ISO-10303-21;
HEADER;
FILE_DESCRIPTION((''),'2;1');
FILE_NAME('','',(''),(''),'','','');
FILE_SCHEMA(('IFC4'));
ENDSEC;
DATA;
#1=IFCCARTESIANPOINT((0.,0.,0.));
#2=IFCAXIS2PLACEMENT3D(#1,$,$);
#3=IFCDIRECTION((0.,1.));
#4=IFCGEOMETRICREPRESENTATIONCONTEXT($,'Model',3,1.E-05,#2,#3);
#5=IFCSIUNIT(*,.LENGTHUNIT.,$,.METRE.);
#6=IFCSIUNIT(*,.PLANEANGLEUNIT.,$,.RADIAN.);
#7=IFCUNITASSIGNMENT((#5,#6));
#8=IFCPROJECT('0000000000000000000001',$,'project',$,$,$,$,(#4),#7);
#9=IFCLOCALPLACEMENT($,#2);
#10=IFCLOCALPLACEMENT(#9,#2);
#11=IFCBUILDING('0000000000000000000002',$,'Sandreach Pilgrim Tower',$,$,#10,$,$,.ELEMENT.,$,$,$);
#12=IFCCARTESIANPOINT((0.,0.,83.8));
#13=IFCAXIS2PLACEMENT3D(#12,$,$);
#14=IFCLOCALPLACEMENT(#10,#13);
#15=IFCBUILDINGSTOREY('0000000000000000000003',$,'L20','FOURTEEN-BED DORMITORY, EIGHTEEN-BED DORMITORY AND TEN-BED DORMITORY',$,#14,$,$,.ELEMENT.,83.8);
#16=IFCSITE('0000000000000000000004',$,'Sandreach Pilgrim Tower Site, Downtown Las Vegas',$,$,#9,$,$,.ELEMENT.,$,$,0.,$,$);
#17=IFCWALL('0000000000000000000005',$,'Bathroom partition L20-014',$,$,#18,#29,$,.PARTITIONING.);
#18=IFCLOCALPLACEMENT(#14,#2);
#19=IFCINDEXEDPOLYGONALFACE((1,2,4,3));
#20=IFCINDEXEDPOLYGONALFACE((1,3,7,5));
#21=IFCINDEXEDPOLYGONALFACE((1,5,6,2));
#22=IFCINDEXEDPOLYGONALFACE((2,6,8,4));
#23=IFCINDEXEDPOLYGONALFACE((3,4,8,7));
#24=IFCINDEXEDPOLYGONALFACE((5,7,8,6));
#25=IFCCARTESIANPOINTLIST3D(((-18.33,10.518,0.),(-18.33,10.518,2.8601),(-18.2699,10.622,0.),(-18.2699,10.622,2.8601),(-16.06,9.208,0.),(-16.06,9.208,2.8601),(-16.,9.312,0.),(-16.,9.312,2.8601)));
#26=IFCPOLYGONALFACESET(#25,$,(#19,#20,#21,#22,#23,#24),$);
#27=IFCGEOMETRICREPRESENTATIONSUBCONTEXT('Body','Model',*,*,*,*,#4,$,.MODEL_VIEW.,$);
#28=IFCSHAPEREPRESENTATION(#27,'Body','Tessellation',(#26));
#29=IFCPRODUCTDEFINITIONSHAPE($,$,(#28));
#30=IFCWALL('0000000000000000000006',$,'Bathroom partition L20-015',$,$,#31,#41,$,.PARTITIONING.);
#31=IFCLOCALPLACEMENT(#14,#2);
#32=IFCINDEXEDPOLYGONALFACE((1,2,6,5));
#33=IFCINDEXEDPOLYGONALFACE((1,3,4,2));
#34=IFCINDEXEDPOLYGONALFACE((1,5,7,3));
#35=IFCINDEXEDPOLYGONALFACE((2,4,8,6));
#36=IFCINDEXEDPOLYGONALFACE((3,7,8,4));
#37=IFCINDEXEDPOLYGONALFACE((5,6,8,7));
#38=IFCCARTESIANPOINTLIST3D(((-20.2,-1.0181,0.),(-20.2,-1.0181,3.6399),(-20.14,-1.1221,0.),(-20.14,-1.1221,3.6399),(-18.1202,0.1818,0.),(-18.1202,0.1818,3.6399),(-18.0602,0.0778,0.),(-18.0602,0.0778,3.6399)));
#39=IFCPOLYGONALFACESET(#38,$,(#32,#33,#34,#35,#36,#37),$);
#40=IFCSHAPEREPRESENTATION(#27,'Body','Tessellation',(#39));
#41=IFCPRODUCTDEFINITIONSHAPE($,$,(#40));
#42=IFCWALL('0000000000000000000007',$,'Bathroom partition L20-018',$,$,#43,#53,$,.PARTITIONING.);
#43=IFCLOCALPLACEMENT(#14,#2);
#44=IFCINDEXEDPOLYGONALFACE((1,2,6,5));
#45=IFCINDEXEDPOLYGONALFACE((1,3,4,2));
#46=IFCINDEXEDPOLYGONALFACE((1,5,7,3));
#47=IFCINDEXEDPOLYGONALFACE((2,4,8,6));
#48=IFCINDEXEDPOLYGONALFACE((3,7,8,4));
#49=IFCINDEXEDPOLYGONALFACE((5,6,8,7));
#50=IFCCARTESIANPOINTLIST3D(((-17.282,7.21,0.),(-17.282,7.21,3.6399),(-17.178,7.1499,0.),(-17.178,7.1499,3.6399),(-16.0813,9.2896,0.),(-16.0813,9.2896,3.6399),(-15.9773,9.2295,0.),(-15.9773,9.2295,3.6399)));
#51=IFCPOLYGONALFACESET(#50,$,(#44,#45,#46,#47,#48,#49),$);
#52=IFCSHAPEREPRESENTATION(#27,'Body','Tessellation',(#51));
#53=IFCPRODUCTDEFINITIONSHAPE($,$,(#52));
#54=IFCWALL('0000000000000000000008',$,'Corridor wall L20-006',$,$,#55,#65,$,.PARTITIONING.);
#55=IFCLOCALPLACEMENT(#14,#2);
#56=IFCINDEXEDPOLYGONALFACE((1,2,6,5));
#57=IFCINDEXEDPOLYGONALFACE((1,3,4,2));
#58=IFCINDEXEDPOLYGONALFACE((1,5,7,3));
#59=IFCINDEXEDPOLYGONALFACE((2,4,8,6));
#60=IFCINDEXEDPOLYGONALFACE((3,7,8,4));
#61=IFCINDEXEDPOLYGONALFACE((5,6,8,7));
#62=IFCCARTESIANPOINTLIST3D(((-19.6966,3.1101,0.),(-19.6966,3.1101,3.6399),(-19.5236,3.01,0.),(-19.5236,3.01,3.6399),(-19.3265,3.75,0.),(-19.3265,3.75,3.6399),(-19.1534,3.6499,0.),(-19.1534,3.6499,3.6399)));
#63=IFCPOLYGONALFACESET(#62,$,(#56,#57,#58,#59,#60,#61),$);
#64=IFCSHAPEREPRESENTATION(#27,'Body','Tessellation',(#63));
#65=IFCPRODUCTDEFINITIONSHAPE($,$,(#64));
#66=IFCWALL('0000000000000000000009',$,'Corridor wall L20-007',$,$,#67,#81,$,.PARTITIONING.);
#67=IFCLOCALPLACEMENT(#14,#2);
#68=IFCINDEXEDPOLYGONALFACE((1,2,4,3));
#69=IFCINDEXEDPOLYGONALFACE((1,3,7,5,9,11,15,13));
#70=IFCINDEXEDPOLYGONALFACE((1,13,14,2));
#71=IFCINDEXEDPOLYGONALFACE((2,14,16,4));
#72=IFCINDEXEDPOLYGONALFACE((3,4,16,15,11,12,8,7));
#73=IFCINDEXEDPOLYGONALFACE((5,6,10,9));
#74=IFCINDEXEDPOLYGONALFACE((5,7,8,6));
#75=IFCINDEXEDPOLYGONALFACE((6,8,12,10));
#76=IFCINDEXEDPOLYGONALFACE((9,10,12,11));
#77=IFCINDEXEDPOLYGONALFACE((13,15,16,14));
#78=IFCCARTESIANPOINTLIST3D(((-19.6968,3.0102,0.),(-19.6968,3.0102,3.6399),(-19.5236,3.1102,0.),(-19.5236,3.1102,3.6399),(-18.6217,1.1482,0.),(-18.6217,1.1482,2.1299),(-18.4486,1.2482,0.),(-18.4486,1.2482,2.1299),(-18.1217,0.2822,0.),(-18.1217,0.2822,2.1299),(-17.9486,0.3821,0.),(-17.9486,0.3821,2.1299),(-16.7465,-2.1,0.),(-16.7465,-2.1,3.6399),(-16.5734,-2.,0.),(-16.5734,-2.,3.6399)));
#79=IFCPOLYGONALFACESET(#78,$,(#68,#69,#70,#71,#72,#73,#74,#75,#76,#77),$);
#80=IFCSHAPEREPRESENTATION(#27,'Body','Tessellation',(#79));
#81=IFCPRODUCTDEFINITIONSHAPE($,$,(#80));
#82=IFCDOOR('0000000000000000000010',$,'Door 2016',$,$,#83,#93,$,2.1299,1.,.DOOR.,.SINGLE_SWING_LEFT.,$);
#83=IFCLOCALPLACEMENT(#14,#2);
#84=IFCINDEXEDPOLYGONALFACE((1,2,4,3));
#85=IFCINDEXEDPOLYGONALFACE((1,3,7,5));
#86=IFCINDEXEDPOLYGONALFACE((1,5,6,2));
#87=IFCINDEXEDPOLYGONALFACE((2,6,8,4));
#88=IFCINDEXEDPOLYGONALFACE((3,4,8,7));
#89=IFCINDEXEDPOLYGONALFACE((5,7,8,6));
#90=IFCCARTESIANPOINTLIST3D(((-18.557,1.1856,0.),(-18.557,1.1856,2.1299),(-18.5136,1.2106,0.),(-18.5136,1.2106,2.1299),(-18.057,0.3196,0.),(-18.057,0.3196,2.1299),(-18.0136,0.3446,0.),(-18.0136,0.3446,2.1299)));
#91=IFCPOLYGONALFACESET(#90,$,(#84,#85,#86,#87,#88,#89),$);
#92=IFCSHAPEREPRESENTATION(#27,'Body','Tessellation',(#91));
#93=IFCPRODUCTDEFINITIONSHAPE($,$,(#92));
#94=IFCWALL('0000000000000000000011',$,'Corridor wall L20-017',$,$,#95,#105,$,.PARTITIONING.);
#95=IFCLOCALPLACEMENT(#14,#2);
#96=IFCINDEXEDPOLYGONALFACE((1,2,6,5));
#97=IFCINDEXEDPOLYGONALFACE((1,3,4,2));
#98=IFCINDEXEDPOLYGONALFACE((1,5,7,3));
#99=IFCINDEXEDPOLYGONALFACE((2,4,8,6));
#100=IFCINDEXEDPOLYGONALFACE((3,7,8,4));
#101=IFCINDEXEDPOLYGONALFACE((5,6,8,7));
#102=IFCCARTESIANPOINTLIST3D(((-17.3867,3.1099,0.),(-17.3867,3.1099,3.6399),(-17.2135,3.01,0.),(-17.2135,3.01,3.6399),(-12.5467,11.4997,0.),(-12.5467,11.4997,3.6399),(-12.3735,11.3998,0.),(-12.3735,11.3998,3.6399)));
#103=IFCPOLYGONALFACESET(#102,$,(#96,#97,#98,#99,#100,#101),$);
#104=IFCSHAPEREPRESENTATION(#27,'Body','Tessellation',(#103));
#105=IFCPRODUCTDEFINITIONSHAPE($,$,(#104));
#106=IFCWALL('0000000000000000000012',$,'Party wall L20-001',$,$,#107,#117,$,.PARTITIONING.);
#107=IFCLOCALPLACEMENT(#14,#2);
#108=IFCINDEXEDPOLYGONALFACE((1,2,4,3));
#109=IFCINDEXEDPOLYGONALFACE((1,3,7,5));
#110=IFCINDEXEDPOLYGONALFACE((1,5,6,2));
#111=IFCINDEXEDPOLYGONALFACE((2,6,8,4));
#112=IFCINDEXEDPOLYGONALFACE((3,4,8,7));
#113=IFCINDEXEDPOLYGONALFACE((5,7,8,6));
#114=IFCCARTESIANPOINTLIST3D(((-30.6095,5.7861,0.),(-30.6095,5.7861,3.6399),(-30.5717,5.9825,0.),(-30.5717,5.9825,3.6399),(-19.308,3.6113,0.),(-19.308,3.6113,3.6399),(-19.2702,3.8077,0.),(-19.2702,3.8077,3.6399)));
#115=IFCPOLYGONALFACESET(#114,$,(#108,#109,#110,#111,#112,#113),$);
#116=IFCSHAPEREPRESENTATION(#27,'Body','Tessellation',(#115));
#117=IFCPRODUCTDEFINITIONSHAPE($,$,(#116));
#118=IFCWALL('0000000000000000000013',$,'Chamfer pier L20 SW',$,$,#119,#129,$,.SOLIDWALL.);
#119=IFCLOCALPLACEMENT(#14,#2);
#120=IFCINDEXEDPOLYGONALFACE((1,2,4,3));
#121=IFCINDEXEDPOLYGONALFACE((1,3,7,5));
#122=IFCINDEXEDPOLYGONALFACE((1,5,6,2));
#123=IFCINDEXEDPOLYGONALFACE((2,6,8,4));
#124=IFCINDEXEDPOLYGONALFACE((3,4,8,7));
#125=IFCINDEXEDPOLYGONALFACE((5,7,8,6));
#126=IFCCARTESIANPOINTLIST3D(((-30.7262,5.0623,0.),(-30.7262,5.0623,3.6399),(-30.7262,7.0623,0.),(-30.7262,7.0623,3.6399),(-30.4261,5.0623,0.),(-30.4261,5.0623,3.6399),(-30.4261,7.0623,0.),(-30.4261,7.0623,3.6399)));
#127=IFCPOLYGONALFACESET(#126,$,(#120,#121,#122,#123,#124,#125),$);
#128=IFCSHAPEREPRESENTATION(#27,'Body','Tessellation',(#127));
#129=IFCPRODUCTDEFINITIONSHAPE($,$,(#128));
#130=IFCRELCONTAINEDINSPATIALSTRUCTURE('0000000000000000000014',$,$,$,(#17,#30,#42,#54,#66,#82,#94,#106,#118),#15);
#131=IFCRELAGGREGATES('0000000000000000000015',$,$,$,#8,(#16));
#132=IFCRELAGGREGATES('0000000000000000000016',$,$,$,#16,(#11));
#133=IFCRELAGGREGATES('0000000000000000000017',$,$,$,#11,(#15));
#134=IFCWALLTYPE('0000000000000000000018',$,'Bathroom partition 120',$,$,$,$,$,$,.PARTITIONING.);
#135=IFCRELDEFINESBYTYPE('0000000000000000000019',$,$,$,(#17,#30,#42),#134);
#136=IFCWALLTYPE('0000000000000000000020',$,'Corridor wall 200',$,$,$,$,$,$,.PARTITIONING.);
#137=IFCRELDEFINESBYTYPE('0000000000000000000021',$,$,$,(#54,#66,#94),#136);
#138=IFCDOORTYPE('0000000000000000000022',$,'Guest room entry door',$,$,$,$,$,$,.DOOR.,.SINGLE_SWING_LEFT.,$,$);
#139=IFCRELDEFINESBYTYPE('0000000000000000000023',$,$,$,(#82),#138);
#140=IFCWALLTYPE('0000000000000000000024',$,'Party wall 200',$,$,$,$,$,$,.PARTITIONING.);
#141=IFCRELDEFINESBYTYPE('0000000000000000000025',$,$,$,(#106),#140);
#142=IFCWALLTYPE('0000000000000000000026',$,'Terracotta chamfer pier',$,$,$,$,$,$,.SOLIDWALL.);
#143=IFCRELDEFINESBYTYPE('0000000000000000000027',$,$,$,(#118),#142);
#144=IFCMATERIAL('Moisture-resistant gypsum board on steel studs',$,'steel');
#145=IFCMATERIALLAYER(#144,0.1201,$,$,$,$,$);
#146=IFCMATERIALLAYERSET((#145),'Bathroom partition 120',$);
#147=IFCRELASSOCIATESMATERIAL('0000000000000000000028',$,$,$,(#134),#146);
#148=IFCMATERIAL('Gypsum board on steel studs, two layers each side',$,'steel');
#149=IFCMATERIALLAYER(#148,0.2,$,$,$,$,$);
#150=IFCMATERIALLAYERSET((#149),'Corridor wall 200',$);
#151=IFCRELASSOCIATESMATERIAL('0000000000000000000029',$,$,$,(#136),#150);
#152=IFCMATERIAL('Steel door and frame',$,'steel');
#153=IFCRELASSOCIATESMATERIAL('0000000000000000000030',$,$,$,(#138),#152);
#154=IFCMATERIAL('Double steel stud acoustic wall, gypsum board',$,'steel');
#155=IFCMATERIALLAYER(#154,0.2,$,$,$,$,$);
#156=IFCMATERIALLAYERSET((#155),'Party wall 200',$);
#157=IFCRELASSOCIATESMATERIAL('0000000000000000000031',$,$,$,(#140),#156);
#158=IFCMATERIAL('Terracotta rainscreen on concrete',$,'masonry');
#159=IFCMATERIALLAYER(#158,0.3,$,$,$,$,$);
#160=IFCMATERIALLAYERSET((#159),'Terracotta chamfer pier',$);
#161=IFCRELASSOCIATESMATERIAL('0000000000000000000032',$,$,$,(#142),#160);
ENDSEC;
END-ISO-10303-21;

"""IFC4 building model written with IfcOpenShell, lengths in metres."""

from ifc_helpers import new_model, si_unit, direction, frame, frame_2d, origin, place, context, subcontext, project, spatial, rectangle, extrude, material, layer, layer_set, type_object, element, fill, save


model = new_model("IFC4")

# Units and contexts
model_context = context("Model", 3, precision=1e-05, world=origin(), true_north=direction((0.0, 1.0)))
body_context = subcontext(model_context, "Body", "Model", "MODEL_VIEW")
ifc_project = project(units=[si_unit("LENGTHUNIT", "METRE"), si_unit("PLANEANGLEUNIT", "RADIAN")], contexts=[model_context])

# Site, building, storey
site_placement = place(None, origin())
site = spatial("IfcSite", under=ifc_project, at=site_placement, Name="Sandreach Pilgrim Tower Site, Downtown Las Vegas", CompositionType="ELEMENT", RefElevation=0.0)
building_placement = place(site_placement, origin())
building = spatial("IfcBuilding", under=site, at=building_placement, Name="Sandreach Pilgrim Tower", CompositionType="ELEMENT")
storey_placement = place(building_placement, frame((0.0, 0.0, 83.8)))
storey = spatial("IfcBuildingStorey", under=building, at=storey_placement, Name="L20", Description="FOURTEEN-BED DORMITORY, EIGHTEEN-BED DORMITORY AND TEN-BED DORMITORY", CompositionType="ELEMENT", Elevation=83.8)

# Shared definitions
ifc_material_1 = material(Name="Moisture-resistant gypsum board on steel studs", Category="steel")
ifc_layer_1 = layer(ifc_material_1, 0.1201)
ifc_layer_set_1 = layer_set([ifc_layer_1], Name="Bathroom partition 120")
wall_type_1 = type_object("IfcWallType", Name="Bathroom partition 120", PredefinedType="PARTITIONING", material=ifc_layer_set_1)

# Walls
wall_1_placement = place(storey_placement, frame((-18.3, 10.5701, 0.0), z_axis=(0.0, 0.0, 1.0), x_axis=(0.866114, -0.499846, 0.0)))
element("IfcWall", 1, at=wall_1_placement, inside=storey, type_object=wall_type_1, Name="Bathroom partition L20-014", PredefinedType="PARTITIONING", context=body_context, shape_type="SweptSolid", body=[
    extrude(rectangle(XDim=2.6208, YDim=0.1201, at=frame_2d((1.3105, 0.0))), origin(), (0.0, 0.0, 1.0), 2.8601),
])
wall_2_placement = place(storey_placement, frame((-18.0901, 0.1299, 0.0), z_axis=(0.0, 0.0, 1.0), x_axis=(-0.866177, -0.499737, 0.0)))
element("IfcWall", 2, at=wall_2_placement, inside=storey, type_object=wall_type_1, Name="Bathroom partition L20-015", PredefinedType="PARTITIONING", context=body_context, shape_type="SweptSolid", body=[
    extrude(rectangle(XDim=2.4011, YDim=0.1201, at=frame_2d((1.2007, 0.0))), origin(), (0.0, 0.0, 1.0), 3.6399),
])
wall_3_placement = place(storey_placement, frame((-17.23, 7.1799, 0.0), z_axis=(0.0, 0.0, 1.0), x_axis=(0.50001, 0.86602, 0.0)))
element("IfcWall", 3, at=wall_3_placement, inside=storey, type_object=wall_type_1, Name="Bathroom partition L20-018", PredefinedType="PARTITIONING", context=body_context, shape_type="SweptSolid", body=[
    extrude(rectangle(XDim=2.4014, YDim=0.1201, at=frame_2d((1.2007, 0.0))), origin(), (0.0, 0.0, 1.0), 3.6399),
])
ifc_material_2 = material(Name="Gypsum board on steel studs, two layers each side", Category="steel")
ifc_layer_2 = layer(ifc_material_2, 0.2)
ifc_layer_set_2 = layer_set([ifc_layer_2], Name="Corridor wall 200")
wall_type_2 = type_object("IfcWallType", Name="Corridor wall 200", PredefinedType="PARTITIONING", material=ifc_layer_set_2)
wall_4_placement = place(storey_placement, frame((-19.6101, 3.0601, 0.0), z_axis=(0.0, 0.0, 1.0), x_axis=(0.500685, 0.86563, 0.0)))
element("IfcWall", 4, at=wall_4_placement, inside=storey, type_object=wall_type_2, Name="Corridor wall L20-006", PredefinedType="PARTITIONING", context=body_context, shape_type="SweptSolid", body=[
    extrude(rectangle(XDim=0.7393, YDim=0.2, at=frame_2d((0.3696, 0.0))), origin(), (0.0, 0.0, 1.0), 3.6399),
])

# Wall, opening, door
wall_5_placement = place(storey_placement, frame((-19.6101, 3.0601, 0.0), z_axis=(0.0, 0.0, 1.0), x_axis=(0.499984, -0.866035, 0.0)))
wall_5 = element("IfcWall", 5, at=wall_5_placement, inside=storey, type_object=wall_type_2, Name="Corridor wall L20-007", PredefinedType="PARTITIONING", context=body_context, shape_type="SweptSolid", body=[
    extrude(rectangle(XDim=5.9006, YDim=0.2, at=frame_2d((2.9502, 0.0))), origin(), (0.0, 0.0, 1.0), 3.6399),
])
opening_1_placement = place(wall_5_placement, frame((2.1499, 0.0, 0.0)))
opening_1 = element("IfcOpeningElement", 6, at=opening_1_placement, cuts=wall_5, PredefinedType="OPENING", context=body_context, shape_type="SweptSolid", body=[
    extrude(rectangle(XDim=1.0, YDim=2.1299, at=frame_2d((0.5, 1.0649))), frame((0.0, 0.1001, 0.0), z_axis=(0.0, -1.0, 0.0), x_axis=(1.0, 0.0, 0.0)), (0.0, 0.0, 1.0), 0.2),
])
ifc_material_3 = material(Name="Steel door and frame", Category="steel")
door_type_1 = type_object("IfcDoorType", Name="Guest room entry door", OperationType="SINGLE_SWING_LEFT", PredefinedType="DOOR", material=ifc_material_3)
door_1_placement = place(opening_1_placement, origin())
door_1 = element("IfcDoor", 7, at=door_1_placement, inside=storey, type_object=door_type_1, Name="Door 2016", OperationType="SINGLE_SWING_LEFT", OverallHeight=2.1299, OverallWidth=1.0, PredefinedType="DOOR", context=body_context, shape_type="SweptSolid", body=[
    extrude(rectangle(XDim=1.0, YDim=2.1299, at=frame_2d((0.5, 1.0649))), frame((0.0, 0.0249, 0.0), z_axis=(0.0, -1.0, 0.0), x_axis=(1.0, 0.0, 0.0)), (0.0, 0.0, 1.0), 0.05),
])
fill(opening_1, door_1)

# Wall
wall_6_placement = place(storey_placement, frame((-17.3, 3.0601, 0.0), z_axis=(0.0, 0.0, 1.0), x_axis=(0.499704, 0.866196, 0.0)))
element("IfcWall", 8, at=wall_6_placement, inside=storey, type_object=wall_type_2, Name="Corridor wall L20-017", PredefinedType="PARTITIONING", context=body_context, shape_type="SweptSolid", body=[
    extrude(rectangle(XDim=9.6858, YDim=0.2, at=frame_2d((4.8428, 0.0))), origin(), (0.0, 0.0, 1.0), 3.6399),
])

# Walls
ifc_material_4 = material(Name="Double steel stud acoustic wall, gypsum board", Category="steel")
ifc_layer_3 = layer(ifc_material_4, 0.2)
ifc_layer_set_3 = layer_set([ifc_layer_3], Name="Party wall 200")
wall_type_3 = type_object("IfcWallType", Name="Party wall 200", PredefinedType="PARTITIONING", material=ifc_layer_set_3)
wall_7_placement = place(storey_placement, frame((-30.5906, 5.8843, 0.0), z_axis=(0.0, 0.0, 1.0), x_axis=(0.981983, -0.188968, 0.0)))
element("IfcWall", 9, at=wall_7_placement, inside=storey, type_object=wall_type_3, Name="Party wall L20-001", PredefinedType="PARTITIONING", context=body_context, shape_type="SweptSolid", body=[
    extrude(rectangle(XDim=11.5088, YDim=0.2, at=frame_2d((5.7544, 0.0))), origin(), (0.0, 0.0, 1.0), 3.6399),
])
ifc_material_5 = material(Name="Terracotta rainscreen on concrete", Category="masonry")
ifc_layer_4 = layer(ifc_material_5, 0.3)
ifc_layer_set_4 = layer_set([ifc_layer_4], Name="Terracotta chamfer pier")
wall_type_4 = type_object("IfcWallType", Name="Terracotta chamfer pier", PredefinedType="SOLIDWALL", material=ifc_layer_set_4)
wall_8_placement = place(storey_placement, frame((-30.5762, 5.0623, 0.0), z_axis=(0.0, 0.0, 1.0), x_axis=(0.0, 1.0, 0.0)))
element("IfcWall", 10, at=wall_8_placement, inside=storey, type_object=wall_type_4, Name="Chamfer pier L20 SW", PredefinedType="SOLIDWALL", context=body_context, shape_type="SweptSolid", body=[
    extrude(rectangle(XDim=2.0, YDim=0.3, at=frame_2d((1.0, 0.0))), origin(), (0.0, 0.0, 1.0), 3.6399),
])

save(model, "model.ifc")
